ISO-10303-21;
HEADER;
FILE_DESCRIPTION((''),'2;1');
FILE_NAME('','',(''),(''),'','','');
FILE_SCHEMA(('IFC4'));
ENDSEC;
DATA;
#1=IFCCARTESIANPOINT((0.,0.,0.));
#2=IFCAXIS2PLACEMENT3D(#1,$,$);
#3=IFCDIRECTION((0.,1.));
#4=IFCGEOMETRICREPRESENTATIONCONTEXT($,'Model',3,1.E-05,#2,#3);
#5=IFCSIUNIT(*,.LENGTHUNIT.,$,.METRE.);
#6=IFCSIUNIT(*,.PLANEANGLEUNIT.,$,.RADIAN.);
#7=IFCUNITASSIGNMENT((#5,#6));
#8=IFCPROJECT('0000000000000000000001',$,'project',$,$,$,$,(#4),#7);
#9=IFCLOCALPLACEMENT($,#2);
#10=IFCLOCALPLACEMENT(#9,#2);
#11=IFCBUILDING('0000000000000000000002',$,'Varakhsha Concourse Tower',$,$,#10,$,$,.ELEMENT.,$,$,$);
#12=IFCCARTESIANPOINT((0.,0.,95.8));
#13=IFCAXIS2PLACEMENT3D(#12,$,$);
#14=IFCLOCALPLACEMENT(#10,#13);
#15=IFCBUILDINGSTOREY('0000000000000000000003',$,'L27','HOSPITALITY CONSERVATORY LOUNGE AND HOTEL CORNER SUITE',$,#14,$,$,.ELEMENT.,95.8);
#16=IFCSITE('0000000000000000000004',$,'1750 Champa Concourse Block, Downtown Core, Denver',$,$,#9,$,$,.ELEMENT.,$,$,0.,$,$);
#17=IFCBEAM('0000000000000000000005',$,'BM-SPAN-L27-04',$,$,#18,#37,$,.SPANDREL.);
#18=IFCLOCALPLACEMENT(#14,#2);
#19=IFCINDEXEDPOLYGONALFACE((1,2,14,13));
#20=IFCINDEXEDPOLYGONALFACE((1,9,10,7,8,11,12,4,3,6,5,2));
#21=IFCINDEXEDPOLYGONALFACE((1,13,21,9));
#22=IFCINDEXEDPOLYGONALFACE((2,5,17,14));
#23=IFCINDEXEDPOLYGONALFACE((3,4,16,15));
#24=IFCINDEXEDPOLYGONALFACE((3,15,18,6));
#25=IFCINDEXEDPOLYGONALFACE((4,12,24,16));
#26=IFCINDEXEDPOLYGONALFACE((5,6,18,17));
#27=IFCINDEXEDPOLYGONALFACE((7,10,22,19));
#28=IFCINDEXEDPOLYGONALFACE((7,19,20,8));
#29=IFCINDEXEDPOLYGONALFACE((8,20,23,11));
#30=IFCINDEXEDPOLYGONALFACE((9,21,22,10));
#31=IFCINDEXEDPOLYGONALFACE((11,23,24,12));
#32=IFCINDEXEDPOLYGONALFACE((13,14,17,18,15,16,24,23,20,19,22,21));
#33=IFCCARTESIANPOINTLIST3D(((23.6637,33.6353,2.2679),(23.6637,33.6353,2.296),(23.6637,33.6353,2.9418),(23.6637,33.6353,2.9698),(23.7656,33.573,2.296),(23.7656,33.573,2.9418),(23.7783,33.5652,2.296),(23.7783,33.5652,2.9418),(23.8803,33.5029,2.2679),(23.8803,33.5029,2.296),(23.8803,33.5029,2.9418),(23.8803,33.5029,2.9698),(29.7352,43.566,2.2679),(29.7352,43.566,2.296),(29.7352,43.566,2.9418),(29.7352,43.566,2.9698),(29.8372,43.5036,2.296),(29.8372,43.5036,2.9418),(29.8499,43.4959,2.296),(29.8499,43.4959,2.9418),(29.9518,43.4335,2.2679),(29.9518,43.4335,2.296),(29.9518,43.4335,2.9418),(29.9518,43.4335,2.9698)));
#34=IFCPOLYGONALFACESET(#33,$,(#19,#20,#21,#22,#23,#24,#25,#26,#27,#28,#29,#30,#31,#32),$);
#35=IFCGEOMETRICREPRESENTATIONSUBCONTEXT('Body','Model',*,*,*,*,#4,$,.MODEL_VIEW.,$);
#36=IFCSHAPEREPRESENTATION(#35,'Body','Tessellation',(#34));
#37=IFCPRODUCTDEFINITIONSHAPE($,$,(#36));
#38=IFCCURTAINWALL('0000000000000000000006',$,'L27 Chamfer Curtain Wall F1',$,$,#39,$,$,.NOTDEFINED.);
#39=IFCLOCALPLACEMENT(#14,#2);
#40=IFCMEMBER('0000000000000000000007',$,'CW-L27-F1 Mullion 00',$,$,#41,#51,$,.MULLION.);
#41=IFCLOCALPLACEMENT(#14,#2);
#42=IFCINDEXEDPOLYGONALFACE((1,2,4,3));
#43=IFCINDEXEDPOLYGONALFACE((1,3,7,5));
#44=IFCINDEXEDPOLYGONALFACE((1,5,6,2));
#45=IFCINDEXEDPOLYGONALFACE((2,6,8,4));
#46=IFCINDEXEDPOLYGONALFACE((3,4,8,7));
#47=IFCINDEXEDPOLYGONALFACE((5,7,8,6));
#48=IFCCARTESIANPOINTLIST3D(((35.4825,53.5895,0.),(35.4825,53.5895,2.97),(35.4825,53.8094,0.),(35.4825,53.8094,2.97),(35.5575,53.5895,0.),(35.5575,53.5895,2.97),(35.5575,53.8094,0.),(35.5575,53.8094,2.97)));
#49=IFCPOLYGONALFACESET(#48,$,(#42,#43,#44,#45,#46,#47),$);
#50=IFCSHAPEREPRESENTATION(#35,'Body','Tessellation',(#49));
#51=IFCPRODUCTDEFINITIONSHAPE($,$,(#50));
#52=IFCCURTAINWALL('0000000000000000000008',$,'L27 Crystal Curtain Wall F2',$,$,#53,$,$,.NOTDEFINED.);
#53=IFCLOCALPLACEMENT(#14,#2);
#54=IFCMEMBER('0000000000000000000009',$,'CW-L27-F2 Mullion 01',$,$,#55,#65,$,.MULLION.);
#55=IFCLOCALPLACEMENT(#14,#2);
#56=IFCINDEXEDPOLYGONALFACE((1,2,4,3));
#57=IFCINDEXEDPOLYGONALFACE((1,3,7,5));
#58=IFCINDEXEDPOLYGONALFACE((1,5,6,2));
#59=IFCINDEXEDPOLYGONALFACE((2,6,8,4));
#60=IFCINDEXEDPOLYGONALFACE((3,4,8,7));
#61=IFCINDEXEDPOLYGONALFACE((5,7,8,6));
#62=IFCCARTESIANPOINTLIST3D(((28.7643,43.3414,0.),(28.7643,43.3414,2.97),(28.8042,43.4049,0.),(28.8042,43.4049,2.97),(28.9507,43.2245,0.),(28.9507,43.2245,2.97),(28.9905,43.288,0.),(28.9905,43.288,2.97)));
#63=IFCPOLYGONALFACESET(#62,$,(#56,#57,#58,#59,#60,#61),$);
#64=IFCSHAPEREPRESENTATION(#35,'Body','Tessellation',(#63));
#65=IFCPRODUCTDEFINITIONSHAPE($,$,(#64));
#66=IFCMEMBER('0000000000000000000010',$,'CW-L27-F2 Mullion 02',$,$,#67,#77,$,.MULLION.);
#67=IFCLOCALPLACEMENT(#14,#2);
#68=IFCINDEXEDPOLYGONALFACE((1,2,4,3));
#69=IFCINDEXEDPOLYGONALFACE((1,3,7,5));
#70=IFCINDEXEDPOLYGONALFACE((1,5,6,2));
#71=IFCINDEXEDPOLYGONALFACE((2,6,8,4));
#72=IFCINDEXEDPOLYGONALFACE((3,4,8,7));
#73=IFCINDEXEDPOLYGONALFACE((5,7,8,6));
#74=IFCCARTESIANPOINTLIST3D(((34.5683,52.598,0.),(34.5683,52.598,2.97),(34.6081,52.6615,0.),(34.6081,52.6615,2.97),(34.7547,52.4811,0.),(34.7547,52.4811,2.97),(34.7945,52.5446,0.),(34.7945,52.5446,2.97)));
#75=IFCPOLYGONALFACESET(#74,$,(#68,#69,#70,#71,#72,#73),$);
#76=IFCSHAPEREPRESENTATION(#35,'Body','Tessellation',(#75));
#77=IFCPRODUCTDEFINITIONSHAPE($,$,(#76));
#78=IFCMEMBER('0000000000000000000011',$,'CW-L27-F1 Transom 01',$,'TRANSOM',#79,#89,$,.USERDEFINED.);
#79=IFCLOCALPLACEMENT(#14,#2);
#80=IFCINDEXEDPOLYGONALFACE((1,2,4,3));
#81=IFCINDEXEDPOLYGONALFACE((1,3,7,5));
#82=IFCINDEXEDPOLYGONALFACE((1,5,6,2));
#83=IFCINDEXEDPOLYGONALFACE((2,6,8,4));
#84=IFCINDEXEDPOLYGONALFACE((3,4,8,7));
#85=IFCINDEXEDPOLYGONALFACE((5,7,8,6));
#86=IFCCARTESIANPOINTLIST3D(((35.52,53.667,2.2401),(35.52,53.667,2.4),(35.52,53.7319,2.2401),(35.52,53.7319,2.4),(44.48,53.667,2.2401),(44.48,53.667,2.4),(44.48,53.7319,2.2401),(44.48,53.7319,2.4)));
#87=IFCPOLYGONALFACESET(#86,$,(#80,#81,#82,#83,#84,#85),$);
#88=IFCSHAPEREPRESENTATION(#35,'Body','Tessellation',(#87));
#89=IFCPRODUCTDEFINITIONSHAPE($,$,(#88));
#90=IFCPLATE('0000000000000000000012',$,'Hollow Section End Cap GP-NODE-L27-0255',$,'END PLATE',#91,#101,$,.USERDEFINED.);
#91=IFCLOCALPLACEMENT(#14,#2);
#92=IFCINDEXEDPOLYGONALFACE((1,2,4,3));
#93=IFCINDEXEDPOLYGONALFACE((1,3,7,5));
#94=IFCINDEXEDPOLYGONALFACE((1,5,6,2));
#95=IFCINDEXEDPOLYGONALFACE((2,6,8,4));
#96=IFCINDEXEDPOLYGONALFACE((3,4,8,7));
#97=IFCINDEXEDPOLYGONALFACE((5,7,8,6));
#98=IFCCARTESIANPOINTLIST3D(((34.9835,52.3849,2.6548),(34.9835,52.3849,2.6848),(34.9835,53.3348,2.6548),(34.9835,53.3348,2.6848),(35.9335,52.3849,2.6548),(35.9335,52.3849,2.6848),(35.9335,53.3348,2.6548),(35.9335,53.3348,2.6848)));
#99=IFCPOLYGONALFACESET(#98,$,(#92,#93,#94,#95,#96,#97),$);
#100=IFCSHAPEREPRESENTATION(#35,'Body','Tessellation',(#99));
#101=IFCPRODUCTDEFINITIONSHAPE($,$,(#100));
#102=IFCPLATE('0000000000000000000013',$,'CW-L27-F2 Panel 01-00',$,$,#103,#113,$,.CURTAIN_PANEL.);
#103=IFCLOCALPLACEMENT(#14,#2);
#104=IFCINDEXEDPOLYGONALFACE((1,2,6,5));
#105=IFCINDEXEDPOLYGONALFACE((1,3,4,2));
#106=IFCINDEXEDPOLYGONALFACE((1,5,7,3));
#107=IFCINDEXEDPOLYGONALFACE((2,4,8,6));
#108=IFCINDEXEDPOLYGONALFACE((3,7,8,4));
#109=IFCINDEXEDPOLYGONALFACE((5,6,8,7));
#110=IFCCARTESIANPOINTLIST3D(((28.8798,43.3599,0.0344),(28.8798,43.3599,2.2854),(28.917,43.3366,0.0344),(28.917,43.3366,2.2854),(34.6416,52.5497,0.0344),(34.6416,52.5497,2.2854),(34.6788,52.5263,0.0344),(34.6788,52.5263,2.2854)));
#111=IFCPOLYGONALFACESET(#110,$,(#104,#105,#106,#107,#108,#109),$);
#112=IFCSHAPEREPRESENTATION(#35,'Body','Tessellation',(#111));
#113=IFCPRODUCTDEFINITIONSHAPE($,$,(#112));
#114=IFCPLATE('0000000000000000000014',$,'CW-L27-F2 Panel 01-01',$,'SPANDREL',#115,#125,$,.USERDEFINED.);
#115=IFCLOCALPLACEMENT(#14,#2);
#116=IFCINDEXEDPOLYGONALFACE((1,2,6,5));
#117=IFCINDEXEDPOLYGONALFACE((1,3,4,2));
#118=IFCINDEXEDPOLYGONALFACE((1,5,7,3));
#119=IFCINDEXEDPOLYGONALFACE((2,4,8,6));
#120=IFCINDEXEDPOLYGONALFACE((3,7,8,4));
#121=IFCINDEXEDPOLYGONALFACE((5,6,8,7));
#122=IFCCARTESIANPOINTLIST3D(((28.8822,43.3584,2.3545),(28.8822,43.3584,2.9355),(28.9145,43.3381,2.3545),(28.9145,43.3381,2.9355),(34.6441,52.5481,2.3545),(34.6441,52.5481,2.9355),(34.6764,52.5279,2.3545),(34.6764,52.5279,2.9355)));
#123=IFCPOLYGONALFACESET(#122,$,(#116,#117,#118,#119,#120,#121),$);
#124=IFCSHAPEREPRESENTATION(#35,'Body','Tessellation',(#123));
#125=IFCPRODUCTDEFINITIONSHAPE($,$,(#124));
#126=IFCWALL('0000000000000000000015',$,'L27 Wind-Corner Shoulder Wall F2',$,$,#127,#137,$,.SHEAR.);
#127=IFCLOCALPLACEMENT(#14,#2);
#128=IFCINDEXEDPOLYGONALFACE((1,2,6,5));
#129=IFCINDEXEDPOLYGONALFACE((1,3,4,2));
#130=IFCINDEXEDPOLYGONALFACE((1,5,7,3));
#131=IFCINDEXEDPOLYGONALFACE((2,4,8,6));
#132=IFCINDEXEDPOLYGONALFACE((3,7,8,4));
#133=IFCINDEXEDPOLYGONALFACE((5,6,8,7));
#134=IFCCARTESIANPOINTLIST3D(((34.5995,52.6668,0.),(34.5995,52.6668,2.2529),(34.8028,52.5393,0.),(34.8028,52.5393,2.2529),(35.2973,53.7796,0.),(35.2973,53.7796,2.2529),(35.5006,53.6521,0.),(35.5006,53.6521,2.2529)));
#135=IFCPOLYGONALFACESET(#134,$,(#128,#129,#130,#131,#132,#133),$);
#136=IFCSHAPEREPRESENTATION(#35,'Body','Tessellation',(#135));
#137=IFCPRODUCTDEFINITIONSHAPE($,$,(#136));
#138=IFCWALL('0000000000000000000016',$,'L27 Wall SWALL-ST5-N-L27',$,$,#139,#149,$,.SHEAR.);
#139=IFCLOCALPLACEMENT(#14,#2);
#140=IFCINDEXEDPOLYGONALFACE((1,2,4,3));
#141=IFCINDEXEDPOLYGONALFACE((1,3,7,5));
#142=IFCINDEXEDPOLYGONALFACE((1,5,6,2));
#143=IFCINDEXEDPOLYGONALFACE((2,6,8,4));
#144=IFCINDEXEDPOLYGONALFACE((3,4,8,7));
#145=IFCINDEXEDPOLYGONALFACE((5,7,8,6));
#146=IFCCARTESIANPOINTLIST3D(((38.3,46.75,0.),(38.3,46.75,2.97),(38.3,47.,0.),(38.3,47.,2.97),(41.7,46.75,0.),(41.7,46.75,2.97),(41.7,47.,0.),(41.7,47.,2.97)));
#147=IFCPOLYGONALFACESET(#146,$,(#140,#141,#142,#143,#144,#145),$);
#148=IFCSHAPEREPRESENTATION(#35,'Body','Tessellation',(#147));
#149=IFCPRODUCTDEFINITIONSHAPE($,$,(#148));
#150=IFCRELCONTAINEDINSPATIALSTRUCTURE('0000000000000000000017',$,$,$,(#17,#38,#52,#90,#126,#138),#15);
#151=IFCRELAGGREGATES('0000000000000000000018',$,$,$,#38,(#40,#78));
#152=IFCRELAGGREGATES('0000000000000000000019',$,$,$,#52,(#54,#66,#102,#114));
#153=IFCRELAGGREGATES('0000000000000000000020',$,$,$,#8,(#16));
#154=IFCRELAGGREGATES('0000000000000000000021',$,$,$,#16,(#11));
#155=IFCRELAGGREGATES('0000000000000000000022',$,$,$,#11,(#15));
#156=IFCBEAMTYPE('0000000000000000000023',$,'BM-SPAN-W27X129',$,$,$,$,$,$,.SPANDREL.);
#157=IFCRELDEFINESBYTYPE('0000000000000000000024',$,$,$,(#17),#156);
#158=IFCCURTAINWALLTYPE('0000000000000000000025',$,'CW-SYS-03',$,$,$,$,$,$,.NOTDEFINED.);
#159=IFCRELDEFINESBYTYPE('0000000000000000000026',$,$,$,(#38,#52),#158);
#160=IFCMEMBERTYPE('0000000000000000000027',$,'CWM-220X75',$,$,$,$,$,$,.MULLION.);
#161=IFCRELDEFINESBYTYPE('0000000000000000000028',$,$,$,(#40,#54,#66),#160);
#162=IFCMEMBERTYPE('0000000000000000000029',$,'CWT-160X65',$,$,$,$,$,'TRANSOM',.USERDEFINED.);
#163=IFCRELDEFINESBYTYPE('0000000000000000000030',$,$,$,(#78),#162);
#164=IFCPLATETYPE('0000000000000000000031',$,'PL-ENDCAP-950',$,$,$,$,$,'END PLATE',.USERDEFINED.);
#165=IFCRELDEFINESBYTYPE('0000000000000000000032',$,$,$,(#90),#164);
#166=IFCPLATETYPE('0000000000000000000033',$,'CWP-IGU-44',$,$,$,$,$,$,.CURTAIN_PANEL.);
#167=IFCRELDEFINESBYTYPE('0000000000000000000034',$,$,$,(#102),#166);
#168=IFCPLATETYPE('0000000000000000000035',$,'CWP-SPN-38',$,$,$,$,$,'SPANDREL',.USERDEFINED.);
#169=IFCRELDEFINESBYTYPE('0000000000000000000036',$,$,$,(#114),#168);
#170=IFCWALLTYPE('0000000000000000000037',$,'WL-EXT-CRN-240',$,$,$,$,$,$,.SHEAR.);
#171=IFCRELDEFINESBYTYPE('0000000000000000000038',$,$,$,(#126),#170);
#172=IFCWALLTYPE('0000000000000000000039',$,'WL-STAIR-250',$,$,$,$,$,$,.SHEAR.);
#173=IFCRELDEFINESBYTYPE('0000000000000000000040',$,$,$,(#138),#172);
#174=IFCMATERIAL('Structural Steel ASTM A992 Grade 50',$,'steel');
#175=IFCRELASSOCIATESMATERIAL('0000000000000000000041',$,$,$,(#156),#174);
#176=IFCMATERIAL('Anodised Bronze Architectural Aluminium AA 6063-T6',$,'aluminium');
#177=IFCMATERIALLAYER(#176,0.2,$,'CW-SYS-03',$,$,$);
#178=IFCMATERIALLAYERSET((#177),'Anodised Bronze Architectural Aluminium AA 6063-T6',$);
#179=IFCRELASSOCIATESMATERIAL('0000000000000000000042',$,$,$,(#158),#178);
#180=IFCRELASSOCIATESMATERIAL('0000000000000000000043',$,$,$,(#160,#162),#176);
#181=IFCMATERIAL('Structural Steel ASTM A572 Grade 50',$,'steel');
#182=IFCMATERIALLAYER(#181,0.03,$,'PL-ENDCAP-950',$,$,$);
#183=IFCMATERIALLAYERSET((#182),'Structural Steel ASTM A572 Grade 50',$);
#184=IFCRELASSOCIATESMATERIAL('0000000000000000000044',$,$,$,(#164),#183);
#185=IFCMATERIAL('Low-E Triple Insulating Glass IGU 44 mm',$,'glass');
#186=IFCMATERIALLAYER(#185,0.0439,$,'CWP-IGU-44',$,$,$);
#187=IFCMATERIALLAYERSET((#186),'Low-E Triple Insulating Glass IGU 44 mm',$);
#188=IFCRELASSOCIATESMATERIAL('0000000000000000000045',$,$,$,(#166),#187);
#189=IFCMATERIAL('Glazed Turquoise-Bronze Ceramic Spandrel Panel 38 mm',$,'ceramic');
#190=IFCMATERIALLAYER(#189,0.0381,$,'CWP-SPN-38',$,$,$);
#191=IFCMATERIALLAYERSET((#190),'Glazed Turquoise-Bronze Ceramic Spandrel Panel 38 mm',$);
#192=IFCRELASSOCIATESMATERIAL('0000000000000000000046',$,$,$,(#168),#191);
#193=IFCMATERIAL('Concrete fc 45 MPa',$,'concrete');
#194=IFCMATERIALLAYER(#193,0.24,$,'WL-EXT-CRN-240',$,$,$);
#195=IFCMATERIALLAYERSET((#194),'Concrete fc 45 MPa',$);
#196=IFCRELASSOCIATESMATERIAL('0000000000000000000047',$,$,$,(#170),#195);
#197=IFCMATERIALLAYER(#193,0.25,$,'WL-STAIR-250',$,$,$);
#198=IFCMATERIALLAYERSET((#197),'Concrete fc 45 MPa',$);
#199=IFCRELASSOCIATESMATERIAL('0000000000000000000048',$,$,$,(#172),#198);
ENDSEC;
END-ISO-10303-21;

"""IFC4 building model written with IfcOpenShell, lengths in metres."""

from ifc_helpers import new_model, si_unit, direction, frame, frame_2d, origin, origin_2d, place, context, subcontext, project, spatial, rectangle, i_section, extrude, source, transform, mapped, material, layer, layer_set, material_profile, profile_set, type_object, type_shapes, element, aggregate, save


model = new_model("IFC4")

# Units and contexts
model_context = context("Model", 3, precision=1e-05, world=origin(), true_north=direction((0.0, 1.0)))
body_context = subcontext(model_context, "Body", "Model", "MODEL_VIEW")
ifc_project = project(units=[si_unit("LENGTHUNIT", "METRE"), si_unit("PLANEANGLEUNIT", "RADIAN")], contexts=[model_context])

# Site, building, storey
site_placement = place(None, origin())
site = spatial("IfcSite", under=ifc_project, at=site_placement, Name="1750 Champa Concourse Block, Downtown Core, Denver", CompositionType="ELEMENT", RefElevation=0.0)
building_placement = place(site_placement, origin())
building = spatial("IfcBuilding", under=site, at=building_placement, Name="Varakhsha Concourse Tower", CompositionType="ELEMENT")
storey_placement = place(building_placement, frame((0.0, 0.0, 95.8)))
storey = spatial("IfcBuildingStorey", under=building, at=storey_placement, Name="L27", Description="HOSPITALITY CONSERVATORY LOUNGE AND HOTEL CORNER SUITE", CompositionType="ELEMENT", Elevation=95.8)

# Shared definitions
ifc_material_1 = material(Name="Structural Steel ASTM A992 Grade 50", Category="steel")
ifc_material_2 = material(Name="Structural Steel ASTM A572 Grade 50", Category="steel")

# Beam
ifc_material_profile_1 = material_profile(ifc_material_1, i_section(OverallWidth=0.2539, OverallDepth=0.7019, WebThickness=0.0149, FlangeThickness=0.0281, at=origin_2d()), Name="W27X129")
ifc_profile_set_1 = profile_set([ifc_material_profile_1], Name="Structural Steel ASTM A992 Grade 50")
beam_type_1 = type_object("IfcBeamType", Name="BM-SPAN-W27X129", PredefinedType="SPANDREL", material=ifc_profile_set_1)
beam_1_placement = place(storey_placement, frame((29.8435, 43.4998, 2.6189), z_axis=(-0.521625, -0.853175, 0.0), x_axis=(0.853175, -0.521625, 0.0)))
element("IfcBeam", 1, at=beam_1_placement, inside=storey, type_object=beam_type_1, Name="BM-SPAN-L27-04", PredefinedType="SPANDREL", context=body_context, shape_type="SweptSolid", body=[
    extrude(i_section(OverallWidth=0.2539, OverallDepth=0.7019, WebThickness=0.0149, FlangeThickness=0.0281, at=origin_2d()), origin(), (0.0, 0.0, 1.0), 11.6396),
])

# Curtain wall, member
ifc_material_3 = material(Name="Anodised Bronze Architectural Aluminium AA 6063-T6", Category="aluminium")
ifc_layer_1 = layer(ifc_material_3, 0.2, Name="CW-SYS-03")
ifc_layer_set_1 = layer_set([ifc_layer_1], Name="Anodised Bronze Architectural Aluminium AA 6063-T6")
curtain_wall_type = type_object("IfcCurtainWallType", Name="CW-SYS-03", PredefinedType="NOTDEFINED", material=ifc_layer_set_1)
curtain_wall_1_placement = place(storey_placement, origin())
curtain_wall_1 = element("IfcCurtainWall", 2, at=curtain_wall_1_placement, inside=storey, type_object=curtain_wall_type, Name="L27 Chamfer Curtain Wall F1", PredefinedType="NOTDEFINED")
ifc_material_profile_2 = material_profile(ifc_material_3, rectangle(XDim=0.075, YDim=0.22, at=origin_2d()), Name="CWM-220X75")
ifc_profile_set_2 = profile_set([ifc_material_profile_2], Name="Anodised Bronze Architectural Aluminium AA 6063-T6")
member_type_1 = type_object("IfcMemberType", Name="CWM-220X75", PredefinedType="MULLION", material=ifc_profile_set_2)
shared_shape_1 = source(origin(), body_context, "Body", "SweptSolid", [
    extrude(rectangle(XDim=0.075, YDim=0.22, at=origin_2d()), origin(), (0.0, 0.0, 1.0), 2.97),
])
type_shapes(member_type_1, [shared_shape_1])
member_1_placement = place(storey_placement, frame((35.52, 53.6995, 0.0), z_axis=(0.0, 0.0, 1.0), x_axis=(1.0, 0.0, 0.0)))
member_1 = element("IfcMember", 3, at=member_1_placement, type_object=member_type_1, Name="CW-L27-F1 Mullion 00", PredefinedType="MULLION", context=body_context, shape_type="MappedRepresentation", body=[
    mapped(shared_shape_1, transform((0.0, 0.0, 0.0), scale=1.0)),
])

# Curtain wall, members
curtain_wall_2_placement = place(storey_placement, origin())
curtain_wall_2 = element("IfcCurtainWall", 4, at=curtain_wall_2_placement, inside=storey, type_object=curtain_wall_type, Name="L27 Crystal Curtain Wall F2", PredefinedType="NOTDEFINED")
member_2_placement = place(storey_placement, frame((28.8774, 43.3147, 0.0), z_axis=(0.0, 0.0, 1.0), x_axis=(0.531209, 0.847241, 0.0)))
member_2 = element("IfcMember", 5, at=member_2_placement, type_object=member_type_1, Name="CW-L27-F2 Mullion 01", PredefinedType="MULLION", context=body_context, shape_type="MappedRepresentation", body=[
    mapped(shared_shape_1, transform((0.0, 0.0, 0.0), scale=1.0)),
])
member_3_placement = place(storey_placement, frame((34.6814, 52.5713, 0.0), z_axis=(0.0, 0.0, 1.0), x_axis=(0.531209, 0.847241, 0.0)))
member_3 = element("IfcMember", 6, at=member_3_placement, type_object=member_type_1, Name="CW-L27-F2 Mullion 02", PredefinedType="MULLION", context=body_context, shape_type="MappedRepresentation", body=[
    mapped(shared_shape_1, transform((0.0, 0.0, 0.0), scale=1.0)),
])

# Member
ifc_material_profile_3 = material_profile(ifc_material_3, rectangle(XDim=0.0649, YDim=0.1599, at=origin_2d()), Name="CWT-160X65")
ifc_profile_set_3 = profile_set([ifc_material_profile_3], Name="Anodised Bronze Architectural Aluminium AA 6063-T6")
member_type_2 = type_object("IfcMemberType", Name="CWT-160X65", ElementType="TRANSOM", PredefinedType="USERDEFINED", material=ifc_profile_set_3)
shared_shape_2 = source(origin(), body_context, "Body", "SweptSolid", [
    extrude(rectangle(XDim=0.0649, YDim=0.1599, at=origin_2d()), origin(), (0.0, 0.0, 1.0), 8.96),
])
type_shapes(member_type_2, [shared_shape_2])
member_4_placement = place(storey_placement, frame((35.52, 53.6995, 2.3201), z_axis=(1.0, 0.0, 0.0), x_axis=(0.0, 1.0, 0.0)))
member_4 = element("IfcMember", 7, at=member_4_placement, type_object=member_type_2, Name="CW-L27-F1 Transom 01", ObjectType="TRANSOM", PredefinedType="USERDEFINED", context=body_context, shape_type="MappedRepresentation", body=[
    mapped(shared_shape_2, transform((0.0, 0.0, 0.0), scale=1.0)),
])
aggregate(curtain_wall_1, [member_1, member_4])

# Plates
ifc_layer_2 = layer(ifc_material_2, 0.03, Name="PL-ENDCAP-950")
ifc_layer_set_2 = layer_set([ifc_layer_2], Name="Structural Steel ASTM A572 Grade 50")
plate_type_1 = type_object("IfcPlateType", Name="PL-ENDCAP-950", ElementType="END PLATE", PredefinedType="USERDEFINED", material=ifc_layer_set_2)
shared_shape_3 = source(origin(), body_context, "Body", "SweptSolid", [
    extrude(rectangle(XDim=0.95, YDim=0.95, at=origin_2d()), origin(), (0.0, 0.0, 1.0), 0.03),
])
type_shapes(plate_type_1, [shared_shape_3])
plate_1_placement = place(storey_placement, frame((35.4585, 52.8599, 2.6548), z_axis=(0.0, 0.0, 1.0), x_axis=(1.0, 0.0, 0.0)))
element("IfcPlate", 8, at=plate_1_placement, inside=storey, type_object=plate_type_1, Name="Hollow Section End Cap GP-NODE-L27-0255", ObjectType="END PLATE", PredefinedType="USERDEFINED", context=body_context, shape_type="MappedRepresentation", body=[
    mapped(shared_shape_3, transform((0.0, 0.0, 0.0), scale=1.0)),
])
ifc_material_4 = material(Name="Low-E Triple Insulating Glass IGU 44 mm", Category="glass")
ifc_layer_3 = layer(ifc_material_4, 0.0439, Name="CWP-IGU-44")
ifc_layer_set_3 = layer_set([ifc_layer_3], Name="Low-E Triple Insulating Glass IGU 44 mm")
plate_type_2 = type_object("IfcPlateType", Name="CWP-IGU-44", PredefinedType="CURTAIN_PANEL", material=ifc_layer_set_3)
shared_shape_4 = source(origin(), body_context, "Body", "SweptSolid", [
    extrude(rectangle(XDim=10.8467, YDim=0.0439, at=origin_2d()), origin(), (0.0, 0.0, 1.0), 2.251),
])
type_shapes(plate_type_2, [shared_shape_4])
plate_2_placement = place(storey_placement, frame((31.7793, 47.9431, 0.0344), z_axis=(0.0, 0.0, 1.0), x_axis=(0.531209, 0.847241, 0.0)))
plate_2 = element("IfcPlate", 9, at=plate_2_placement, type_object=plate_type_2, Name="CW-L27-F2 Panel 01-00", PredefinedType="CURTAIN_PANEL", context=body_context, shape_type="MappedRepresentation", body=[
    mapped(shared_shape_4, transform((0.0, 0.0, 0.0), scale=1.0)),
])
ifc_material_5 = material(Name="Glazed Turquoise-Bronze Ceramic Spandrel Panel 38 mm", Category="ceramic")
ifc_layer_4 = layer(ifc_material_5, 0.0381, Name="CWP-SPN-38")
ifc_layer_set_4 = layer_set([ifc_layer_4], Name="Glazed Turquoise-Bronze Ceramic Spandrel Panel 38 mm")
plate_type_3 = type_object("IfcPlateType", Name="CWP-SPN-38", ElementType="SPANDREL", PredefinedType="USERDEFINED", material=ifc_layer_set_4)
shared_shape_5 = source(origin(), body_context, "Body", "SweptSolid", [
    extrude(rectangle(XDim=10.8467, YDim=0.0381, at=origin_2d()), origin(), (0.0, 0.0, 1.0), 0.5811),
])
type_shapes(plate_type_3, [shared_shape_5])
plate_3_placement = place(storey_placement, frame((31.7793, 47.9431, 2.3545), z_axis=(0.0, 0.0, 1.0), x_axis=(0.531209, 0.847241, 0.0)))
plate_3 = element("IfcPlate", 10, at=plate_3_placement, type_object=plate_type_3, Name="CW-L27-F2 Panel 01-01", ObjectType="SPANDREL", PredefinedType="USERDEFINED", context=body_context, shape_type="MappedRepresentation", body=[
    mapped(shared_shape_5, transform((0.0, 0.0, 0.0), scale=1.0)),
])
aggregate(curtain_wall_2, [member_2, member_3, plate_2, plate_3])

# Walls
ifc_material_6 = material(Name="Concrete fc 45 MPa", Category="concrete")
ifc_layer_5 = layer(ifc_material_6, 0.24, Name="WL-EXT-CRN-240")
ifc_layer_set_5 = layer_set([ifc_layer_5], Name="Concrete fc 45 MPa")
wall_type_1 = type_object("IfcWallType", Name="WL-EXT-CRN-240", PredefinedType="SHEAR", material=ifc_layer_set_5)
wall_1_placement = place(storey_placement, frame((35.3989, 53.7158, 0.0), z_axis=(0.0, 0.0, 1.0), x_axis=(-0.531235, -0.847225, 0.0)))
element("IfcWall", 11, at=wall_1_placement, inside=storey, type_object=wall_type_1, Name="L27 Wind-Corner Shoulder Wall F2", PredefinedType="SHEAR", context=body_context, shape_type="SweptSolid", body=[
    extrude(rectangle(XDim=1.3135, YDim=0.24, at=frame_2d((0.6567, 0.0))), origin(), (0.0, 0.0, 1.0), 2.2529),
])
ifc_layer_6 = layer(ifc_material_6, 0.25, Name="WL-STAIR-250")
ifc_layer_set_6 = layer_set([ifc_layer_6], Name="Concrete fc 45 MPa")
wall_type_2 = type_object("IfcWallType", Name="WL-STAIR-250", PredefinedType="SHEAR", material=ifc_layer_set_6)
wall_2_placement = place(storey_placement, frame((38.3, 46.875, 0.0), z_axis=(0.0, 0.0, 1.0), x_axis=(1.0, 0.0, 0.0)))
element("IfcWall", 12, at=wall_2_placement, inside=storey, type_object=wall_type_2, Name="L27 Wall SWALL-ST5-N-L27", PredefinedType="SHEAR", context=body_context, shape_type="SweptSolid", body=[
    extrude(rectangle(XDim=3.3999, YDim=0.25, at=frame_2d((1.7, 0.0))), origin(), (0.0, 0.0, 1.0), 2.97),
])

save(model, "model.ifc")
